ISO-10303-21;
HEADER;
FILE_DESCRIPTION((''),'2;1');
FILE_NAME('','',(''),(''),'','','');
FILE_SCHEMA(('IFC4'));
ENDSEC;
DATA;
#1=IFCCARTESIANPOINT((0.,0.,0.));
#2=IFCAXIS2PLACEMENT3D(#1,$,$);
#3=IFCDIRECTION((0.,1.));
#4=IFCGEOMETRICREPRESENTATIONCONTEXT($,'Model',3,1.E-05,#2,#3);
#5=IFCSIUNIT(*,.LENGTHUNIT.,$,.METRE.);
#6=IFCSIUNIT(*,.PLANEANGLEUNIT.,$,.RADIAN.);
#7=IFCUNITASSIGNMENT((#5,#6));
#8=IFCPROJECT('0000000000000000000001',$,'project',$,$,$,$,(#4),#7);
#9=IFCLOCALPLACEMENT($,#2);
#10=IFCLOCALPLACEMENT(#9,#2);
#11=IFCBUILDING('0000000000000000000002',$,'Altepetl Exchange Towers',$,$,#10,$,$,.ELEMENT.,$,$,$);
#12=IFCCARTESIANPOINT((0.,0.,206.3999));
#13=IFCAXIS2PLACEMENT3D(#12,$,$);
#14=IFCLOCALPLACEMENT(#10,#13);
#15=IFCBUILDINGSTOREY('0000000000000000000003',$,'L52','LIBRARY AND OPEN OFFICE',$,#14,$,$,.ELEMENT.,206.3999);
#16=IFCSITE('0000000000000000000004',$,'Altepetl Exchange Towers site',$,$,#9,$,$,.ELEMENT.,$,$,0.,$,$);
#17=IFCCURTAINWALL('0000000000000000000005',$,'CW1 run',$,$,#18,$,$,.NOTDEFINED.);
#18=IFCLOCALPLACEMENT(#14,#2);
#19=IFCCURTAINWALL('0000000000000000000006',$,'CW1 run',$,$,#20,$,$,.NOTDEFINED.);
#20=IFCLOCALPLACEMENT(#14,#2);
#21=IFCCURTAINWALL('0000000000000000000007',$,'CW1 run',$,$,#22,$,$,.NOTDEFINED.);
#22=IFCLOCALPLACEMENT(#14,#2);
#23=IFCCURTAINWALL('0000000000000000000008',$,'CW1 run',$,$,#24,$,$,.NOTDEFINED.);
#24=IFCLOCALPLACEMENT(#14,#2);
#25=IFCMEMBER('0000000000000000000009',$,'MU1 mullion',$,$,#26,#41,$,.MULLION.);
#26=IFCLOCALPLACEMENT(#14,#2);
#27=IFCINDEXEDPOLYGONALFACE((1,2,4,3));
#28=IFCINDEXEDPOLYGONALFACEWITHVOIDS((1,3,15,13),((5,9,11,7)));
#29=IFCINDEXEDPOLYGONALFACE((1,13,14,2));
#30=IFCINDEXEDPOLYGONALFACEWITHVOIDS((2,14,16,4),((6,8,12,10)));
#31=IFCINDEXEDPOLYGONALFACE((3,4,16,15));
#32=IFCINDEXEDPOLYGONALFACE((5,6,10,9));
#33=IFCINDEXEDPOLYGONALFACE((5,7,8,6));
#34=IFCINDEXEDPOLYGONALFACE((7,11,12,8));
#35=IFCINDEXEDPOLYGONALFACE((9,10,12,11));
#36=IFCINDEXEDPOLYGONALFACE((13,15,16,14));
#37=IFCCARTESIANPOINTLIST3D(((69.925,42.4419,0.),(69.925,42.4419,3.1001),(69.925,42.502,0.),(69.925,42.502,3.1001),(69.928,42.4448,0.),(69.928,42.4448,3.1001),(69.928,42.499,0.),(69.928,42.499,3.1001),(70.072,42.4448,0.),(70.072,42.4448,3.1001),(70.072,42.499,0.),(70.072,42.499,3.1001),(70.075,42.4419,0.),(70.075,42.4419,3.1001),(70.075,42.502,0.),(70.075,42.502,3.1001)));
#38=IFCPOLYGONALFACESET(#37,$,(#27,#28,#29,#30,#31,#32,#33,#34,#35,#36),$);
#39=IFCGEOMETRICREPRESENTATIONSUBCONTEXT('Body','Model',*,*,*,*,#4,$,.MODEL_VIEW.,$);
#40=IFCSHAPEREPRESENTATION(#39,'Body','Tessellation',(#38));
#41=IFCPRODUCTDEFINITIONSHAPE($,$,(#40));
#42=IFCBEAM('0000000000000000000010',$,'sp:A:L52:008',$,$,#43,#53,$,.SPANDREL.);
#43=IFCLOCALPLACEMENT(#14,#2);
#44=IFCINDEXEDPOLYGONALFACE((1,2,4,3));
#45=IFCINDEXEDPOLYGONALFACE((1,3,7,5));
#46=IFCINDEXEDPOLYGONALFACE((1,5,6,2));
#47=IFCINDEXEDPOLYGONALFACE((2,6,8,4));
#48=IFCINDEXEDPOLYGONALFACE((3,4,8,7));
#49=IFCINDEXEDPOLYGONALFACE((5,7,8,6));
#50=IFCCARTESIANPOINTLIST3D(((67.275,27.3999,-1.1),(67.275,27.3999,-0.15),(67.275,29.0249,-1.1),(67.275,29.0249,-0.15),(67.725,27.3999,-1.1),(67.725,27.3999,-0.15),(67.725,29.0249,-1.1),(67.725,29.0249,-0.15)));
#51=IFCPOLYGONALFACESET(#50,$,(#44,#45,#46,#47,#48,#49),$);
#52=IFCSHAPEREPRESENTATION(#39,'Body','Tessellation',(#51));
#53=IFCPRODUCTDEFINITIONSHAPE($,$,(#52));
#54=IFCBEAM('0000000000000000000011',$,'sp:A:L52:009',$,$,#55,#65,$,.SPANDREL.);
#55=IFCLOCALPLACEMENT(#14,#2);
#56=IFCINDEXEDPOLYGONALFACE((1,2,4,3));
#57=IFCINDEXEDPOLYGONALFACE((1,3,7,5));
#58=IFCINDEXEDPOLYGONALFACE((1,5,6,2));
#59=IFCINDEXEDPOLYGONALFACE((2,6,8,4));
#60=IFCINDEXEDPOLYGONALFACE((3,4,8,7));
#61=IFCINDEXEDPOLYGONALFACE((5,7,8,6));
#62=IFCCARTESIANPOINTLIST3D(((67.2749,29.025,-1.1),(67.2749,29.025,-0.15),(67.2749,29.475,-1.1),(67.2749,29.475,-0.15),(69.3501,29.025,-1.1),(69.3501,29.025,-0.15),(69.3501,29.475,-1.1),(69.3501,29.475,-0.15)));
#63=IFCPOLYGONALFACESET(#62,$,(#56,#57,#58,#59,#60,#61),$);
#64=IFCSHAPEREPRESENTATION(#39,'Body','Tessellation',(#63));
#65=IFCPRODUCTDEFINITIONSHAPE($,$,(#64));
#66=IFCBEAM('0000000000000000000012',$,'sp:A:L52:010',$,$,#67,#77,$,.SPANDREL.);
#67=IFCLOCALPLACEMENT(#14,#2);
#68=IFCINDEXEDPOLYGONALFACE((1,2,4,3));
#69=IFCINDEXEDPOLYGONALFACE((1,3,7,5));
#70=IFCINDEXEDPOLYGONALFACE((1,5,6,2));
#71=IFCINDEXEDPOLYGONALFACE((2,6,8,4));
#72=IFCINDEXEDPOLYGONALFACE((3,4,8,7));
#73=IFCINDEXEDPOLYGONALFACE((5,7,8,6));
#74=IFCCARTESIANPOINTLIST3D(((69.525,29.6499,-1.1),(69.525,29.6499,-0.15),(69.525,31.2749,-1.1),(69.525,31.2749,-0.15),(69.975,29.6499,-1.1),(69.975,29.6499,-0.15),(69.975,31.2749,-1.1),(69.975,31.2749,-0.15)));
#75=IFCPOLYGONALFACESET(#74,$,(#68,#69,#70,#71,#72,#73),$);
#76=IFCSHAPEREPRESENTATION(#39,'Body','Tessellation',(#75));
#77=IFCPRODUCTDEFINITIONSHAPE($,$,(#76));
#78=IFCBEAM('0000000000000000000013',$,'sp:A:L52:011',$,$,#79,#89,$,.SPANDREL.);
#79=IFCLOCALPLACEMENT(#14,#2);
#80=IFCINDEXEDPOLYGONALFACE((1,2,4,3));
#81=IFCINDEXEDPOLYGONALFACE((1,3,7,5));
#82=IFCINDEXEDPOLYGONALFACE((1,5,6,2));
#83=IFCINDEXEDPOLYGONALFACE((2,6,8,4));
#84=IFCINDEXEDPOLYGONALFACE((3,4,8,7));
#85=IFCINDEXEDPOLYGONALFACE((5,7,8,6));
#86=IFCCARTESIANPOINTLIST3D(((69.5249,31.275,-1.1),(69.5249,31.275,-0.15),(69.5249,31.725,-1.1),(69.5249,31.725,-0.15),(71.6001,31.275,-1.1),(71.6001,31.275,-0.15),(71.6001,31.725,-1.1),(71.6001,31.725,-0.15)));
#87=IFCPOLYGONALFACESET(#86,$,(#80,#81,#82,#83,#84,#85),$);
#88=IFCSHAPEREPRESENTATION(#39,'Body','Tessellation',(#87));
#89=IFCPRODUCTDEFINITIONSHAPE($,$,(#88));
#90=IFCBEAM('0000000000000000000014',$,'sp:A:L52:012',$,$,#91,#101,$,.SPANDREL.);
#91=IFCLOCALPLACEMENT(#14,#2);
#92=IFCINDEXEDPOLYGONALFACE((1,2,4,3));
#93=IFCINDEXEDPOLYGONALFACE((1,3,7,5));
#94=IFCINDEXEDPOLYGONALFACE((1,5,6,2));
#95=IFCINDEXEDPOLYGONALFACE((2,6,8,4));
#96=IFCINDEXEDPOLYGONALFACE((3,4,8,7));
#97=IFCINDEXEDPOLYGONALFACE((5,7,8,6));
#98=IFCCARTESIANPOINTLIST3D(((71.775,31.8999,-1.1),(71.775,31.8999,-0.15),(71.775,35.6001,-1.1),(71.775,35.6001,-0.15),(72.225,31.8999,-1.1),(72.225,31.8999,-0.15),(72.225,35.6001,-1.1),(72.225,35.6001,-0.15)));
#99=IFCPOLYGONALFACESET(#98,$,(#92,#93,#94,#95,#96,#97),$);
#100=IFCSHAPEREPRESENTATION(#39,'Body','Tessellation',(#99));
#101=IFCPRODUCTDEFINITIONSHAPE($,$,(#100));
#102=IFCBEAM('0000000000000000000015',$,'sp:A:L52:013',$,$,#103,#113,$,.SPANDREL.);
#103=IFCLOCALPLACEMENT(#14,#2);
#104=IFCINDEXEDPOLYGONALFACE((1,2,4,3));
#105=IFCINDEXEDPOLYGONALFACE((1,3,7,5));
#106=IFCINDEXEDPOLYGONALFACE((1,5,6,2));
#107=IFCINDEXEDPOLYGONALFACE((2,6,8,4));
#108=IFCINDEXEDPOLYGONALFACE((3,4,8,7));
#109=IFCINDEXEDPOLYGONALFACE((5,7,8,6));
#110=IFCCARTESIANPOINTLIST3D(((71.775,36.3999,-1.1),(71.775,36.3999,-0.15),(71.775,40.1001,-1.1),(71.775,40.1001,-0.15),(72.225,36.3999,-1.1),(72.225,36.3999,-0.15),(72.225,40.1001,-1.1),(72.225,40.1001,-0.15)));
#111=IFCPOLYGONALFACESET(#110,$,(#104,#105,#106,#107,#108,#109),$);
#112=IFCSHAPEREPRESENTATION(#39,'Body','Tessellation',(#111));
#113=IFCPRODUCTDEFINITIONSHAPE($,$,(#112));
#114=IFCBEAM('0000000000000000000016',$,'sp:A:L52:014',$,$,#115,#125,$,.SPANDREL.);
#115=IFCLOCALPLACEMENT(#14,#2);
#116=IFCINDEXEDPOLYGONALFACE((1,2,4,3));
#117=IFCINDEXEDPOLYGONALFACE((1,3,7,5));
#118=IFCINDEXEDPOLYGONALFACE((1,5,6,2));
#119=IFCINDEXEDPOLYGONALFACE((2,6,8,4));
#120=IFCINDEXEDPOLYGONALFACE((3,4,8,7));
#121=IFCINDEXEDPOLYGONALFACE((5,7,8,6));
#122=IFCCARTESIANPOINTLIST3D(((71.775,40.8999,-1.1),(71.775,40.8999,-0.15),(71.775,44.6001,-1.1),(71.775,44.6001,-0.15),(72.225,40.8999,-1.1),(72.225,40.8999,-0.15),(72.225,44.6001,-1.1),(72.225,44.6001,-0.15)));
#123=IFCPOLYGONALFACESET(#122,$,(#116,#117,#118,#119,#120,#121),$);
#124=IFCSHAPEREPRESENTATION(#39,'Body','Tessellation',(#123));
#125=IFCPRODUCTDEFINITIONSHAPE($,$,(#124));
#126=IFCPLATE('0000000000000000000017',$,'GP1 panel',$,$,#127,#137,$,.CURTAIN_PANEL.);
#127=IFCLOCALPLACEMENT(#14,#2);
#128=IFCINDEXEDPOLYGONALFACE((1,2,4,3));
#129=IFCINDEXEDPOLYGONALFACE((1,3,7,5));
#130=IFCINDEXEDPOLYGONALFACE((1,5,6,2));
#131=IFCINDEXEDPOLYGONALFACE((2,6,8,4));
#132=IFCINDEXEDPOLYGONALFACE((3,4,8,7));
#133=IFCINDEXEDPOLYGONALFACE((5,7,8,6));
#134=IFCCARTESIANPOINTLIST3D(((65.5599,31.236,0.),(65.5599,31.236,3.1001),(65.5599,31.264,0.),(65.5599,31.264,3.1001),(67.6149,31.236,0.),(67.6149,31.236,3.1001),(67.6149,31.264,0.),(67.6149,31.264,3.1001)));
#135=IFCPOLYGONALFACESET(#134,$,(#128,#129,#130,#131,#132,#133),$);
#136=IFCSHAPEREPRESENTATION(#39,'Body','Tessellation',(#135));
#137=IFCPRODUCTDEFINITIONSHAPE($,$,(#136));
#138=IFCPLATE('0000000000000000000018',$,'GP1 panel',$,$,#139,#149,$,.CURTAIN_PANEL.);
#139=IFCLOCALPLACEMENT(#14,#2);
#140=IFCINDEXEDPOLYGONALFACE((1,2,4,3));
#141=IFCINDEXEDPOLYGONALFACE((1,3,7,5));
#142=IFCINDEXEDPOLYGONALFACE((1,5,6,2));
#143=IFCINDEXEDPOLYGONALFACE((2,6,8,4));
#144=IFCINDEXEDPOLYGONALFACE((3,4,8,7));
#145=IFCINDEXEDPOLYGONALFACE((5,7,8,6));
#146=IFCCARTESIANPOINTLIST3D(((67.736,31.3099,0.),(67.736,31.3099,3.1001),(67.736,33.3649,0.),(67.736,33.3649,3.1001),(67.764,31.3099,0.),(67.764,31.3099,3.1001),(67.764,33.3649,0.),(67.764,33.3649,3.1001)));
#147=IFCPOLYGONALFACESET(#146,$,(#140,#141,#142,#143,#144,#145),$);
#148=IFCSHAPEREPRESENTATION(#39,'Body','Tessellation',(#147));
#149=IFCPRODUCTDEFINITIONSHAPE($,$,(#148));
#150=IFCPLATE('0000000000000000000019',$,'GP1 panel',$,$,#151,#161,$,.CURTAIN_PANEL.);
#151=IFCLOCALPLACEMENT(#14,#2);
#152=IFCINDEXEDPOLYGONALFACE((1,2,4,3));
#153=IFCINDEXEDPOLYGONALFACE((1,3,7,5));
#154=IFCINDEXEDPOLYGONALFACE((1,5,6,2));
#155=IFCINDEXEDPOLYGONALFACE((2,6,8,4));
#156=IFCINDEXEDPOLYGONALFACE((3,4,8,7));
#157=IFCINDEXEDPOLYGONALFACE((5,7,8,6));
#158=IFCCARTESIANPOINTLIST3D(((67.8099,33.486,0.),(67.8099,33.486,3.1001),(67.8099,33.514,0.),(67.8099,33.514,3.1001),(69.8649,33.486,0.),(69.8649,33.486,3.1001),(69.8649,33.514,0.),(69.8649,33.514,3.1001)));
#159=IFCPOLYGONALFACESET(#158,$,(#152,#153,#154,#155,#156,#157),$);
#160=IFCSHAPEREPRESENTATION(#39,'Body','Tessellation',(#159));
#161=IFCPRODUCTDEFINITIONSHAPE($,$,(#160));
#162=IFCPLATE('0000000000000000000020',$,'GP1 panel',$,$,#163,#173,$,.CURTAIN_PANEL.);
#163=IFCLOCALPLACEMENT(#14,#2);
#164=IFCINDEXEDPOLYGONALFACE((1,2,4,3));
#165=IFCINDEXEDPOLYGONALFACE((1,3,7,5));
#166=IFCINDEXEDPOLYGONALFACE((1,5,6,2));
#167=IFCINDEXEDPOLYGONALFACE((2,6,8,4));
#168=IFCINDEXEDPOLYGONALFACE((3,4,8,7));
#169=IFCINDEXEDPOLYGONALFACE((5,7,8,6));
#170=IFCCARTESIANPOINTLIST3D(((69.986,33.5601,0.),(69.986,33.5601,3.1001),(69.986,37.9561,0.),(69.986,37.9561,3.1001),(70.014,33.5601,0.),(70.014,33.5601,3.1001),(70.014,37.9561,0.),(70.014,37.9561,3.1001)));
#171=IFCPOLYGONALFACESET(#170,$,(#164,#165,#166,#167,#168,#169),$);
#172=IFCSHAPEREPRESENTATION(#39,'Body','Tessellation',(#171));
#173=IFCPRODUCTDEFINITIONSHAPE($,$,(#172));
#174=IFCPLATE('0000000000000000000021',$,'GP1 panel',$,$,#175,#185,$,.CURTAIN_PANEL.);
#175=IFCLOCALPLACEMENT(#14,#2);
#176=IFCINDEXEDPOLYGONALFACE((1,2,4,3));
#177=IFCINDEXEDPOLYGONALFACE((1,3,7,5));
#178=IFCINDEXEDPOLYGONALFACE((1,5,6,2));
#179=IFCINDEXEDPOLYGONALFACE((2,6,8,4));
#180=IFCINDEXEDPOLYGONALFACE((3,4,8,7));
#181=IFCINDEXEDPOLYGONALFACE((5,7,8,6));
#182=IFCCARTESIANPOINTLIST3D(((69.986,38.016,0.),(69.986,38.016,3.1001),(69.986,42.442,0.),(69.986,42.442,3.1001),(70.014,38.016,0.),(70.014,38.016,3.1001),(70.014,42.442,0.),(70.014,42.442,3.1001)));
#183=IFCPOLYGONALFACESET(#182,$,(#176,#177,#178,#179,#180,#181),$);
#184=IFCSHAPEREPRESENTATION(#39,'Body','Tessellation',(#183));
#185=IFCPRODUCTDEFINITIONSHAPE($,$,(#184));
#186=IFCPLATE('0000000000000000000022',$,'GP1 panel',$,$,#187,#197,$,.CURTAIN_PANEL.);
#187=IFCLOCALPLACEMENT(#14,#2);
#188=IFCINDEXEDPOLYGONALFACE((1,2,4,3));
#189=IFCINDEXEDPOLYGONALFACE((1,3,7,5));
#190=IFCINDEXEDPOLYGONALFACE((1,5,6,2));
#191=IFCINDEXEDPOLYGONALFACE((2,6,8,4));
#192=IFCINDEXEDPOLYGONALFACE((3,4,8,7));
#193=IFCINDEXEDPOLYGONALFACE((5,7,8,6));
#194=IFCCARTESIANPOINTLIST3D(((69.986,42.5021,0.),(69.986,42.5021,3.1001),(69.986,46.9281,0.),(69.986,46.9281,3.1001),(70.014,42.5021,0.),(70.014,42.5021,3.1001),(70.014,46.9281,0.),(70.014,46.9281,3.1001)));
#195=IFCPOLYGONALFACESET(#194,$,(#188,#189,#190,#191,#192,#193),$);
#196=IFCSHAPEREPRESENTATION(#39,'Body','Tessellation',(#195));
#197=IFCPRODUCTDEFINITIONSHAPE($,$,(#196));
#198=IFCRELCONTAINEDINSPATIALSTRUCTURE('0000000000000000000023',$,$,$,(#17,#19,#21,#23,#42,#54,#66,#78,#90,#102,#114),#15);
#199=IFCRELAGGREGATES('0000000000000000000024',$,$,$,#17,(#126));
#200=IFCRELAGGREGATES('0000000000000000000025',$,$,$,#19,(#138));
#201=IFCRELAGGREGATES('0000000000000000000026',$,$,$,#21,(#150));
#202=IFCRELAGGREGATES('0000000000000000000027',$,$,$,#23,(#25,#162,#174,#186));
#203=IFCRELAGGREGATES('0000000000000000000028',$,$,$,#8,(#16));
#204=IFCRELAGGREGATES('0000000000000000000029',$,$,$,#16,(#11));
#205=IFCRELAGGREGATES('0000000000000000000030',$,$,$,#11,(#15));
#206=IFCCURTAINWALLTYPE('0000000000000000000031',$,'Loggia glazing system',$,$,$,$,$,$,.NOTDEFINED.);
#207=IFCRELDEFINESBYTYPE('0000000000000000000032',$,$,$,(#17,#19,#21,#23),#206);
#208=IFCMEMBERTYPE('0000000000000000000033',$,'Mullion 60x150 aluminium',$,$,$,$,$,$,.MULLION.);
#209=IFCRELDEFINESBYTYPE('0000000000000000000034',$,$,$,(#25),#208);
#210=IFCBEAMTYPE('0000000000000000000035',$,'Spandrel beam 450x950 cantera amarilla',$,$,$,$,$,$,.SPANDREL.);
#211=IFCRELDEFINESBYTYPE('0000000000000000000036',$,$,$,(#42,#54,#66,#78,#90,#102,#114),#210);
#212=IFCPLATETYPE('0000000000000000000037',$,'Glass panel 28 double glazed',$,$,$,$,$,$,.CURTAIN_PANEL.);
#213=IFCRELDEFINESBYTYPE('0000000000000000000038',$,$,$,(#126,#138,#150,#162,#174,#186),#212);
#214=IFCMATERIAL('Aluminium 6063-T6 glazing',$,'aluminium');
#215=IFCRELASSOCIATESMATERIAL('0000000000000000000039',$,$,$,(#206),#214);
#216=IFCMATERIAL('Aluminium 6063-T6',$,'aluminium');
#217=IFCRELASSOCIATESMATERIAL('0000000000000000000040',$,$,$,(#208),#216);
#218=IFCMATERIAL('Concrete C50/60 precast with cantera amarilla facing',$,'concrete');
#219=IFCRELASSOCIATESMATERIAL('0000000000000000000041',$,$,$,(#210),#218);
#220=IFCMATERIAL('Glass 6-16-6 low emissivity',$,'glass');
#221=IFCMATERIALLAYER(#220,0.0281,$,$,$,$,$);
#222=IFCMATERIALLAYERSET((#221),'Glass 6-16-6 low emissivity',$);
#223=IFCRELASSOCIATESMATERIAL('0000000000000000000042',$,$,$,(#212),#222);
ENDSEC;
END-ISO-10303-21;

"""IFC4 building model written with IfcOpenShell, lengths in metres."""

from ifc_helpers import new_model, si_unit, direction, frame, origin, origin_2d, place, context, subcontext, project, spatial, rectangle, hollow_rectangle, extrude, material, layer, layer_set, material_profile, profile_set, type_object, element, aggregate, save


model = new_model("IFC4")

# Units and contexts
model_context = context("Model", 3, precision=1e-05, world=origin(), true_north=direction((0.0, 1.0)))
body_context = subcontext(model_context, "Body", "Model", "MODEL_VIEW")
ifc_project = project(units=[si_unit("LENGTHUNIT", "METRE"), si_unit("PLANEANGLEUNIT", "RADIAN")], contexts=[model_context])

# Site, building, storey
site_placement = place(None, origin())
site = spatial("IfcSite", under=ifc_project, at=site_placement, Name="Altepetl Exchange Towers site", CompositionType="ELEMENT", RefElevation=0.0)
building_placement = place(site_placement, origin())
building = spatial("IfcBuilding", under=site, at=building_placement, Name="Altepetl Exchange Towers", CompositionType="ELEMENT")
storey_placement = place(building_placement, frame((0.0, 0.0, 206.3999)))
storey = spatial("IfcBuildingStorey", under=building, at=storey_placement, Name="L52", Description="LIBRARY AND OPEN OFFICE", CompositionType="ELEMENT", Elevation=206.3999)

# Curtain walls, member
ifc_material_1 = material(Name="Aluminium 6063-T6 glazing", Category="aluminium")
curtain_wall_type = type_object("IfcCurtainWallType", Name="Loggia glazing system", PredefinedType="NOTDEFINED", material=ifc_material_1)
curtain_wall_1_placement = place(storey_placement, origin())
curtain_wall_1 = element("IfcCurtainWall", 1, at=curtain_wall_1_placement, inside=storey, type_object=curtain_wall_type, Name="CW1 run", PredefinedType="NOTDEFINED")
ifc_material_2 = material(Name="Aluminium 6063-T6", Category="aluminium")
ifc_material_profile_1 = material_profile(ifc_material_2, hollow_rectangle(XDim=0.0601, YDim=0.1499, WallThickness=0.0029, at=origin_2d()), Name="Mullion 60x150 aluminium")
ifc_profile_set_1 = profile_set([ifc_material_profile_1], Name="Aluminium 6063-T6")
member_type = type_object("IfcMemberType", Name="Mullion 60x150 aluminium", PredefinedType="MULLION", material=ifc_profile_set_1)
curtain_wall_2_placement = place(storey_placement, origin())
curtain_wall_2 = element("IfcCurtainWall", 2, at=curtain_wall_2_placement, inside=storey, type_object=curtain_wall_type, Name="CW1 run", PredefinedType="NOTDEFINED")
curtain_wall_3_placement = place(storey_placement, origin())
curtain_wall_3 = element("IfcCurtainWall", 3, at=curtain_wall_3_placement, inside=storey, type_object=curtain_wall_type, Name="CW1 run", PredefinedType="NOTDEFINED")
curtain_wall_4_placement = place(storey_placement, origin())
curtain_wall_4 = element("IfcCurtainWall", 4, at=curtain_wall_4_placement, inside=storey, type_object=curtain_wall_type, Name="CW1 run", PredefinedType="NOTDEFINED")
member_1_placement = place(storey_placement, frame((70.0, 42.4719, 0.0), z_axis=(0.0, 0.0, 1.0), x_axis=(0.0, 1.0, 0.0)))
member_1 = element("IfcMember", 5, at=member_1_placement, type_object=member_type, Name="MU1 mullion", PredefinedType="MULLION", context=body_context, shape_type="SweptSolid", body=[
    extrude(hollow_rectangle(XDim=0.0601, YDim=0.1499, WallThickness=0.0029, at=origin_2d()), origin(), (0.0, 0.0, 1.0), 3.1001),
])

# Beams
ifc_material_3 = material(Name="Concrete C50/60 precast with cantera amarilla facing", Category="concrete")
ifc_material_profile_2 = material_profile(ifc_material_3, rectangle(XDim=0.45, YDim=0.95, at=origin_2d()), Name="450 x 950")
ifc_profile_set_2 = profile_set([ifc_material_profile_2], Name="Concrete C50/60 precast with cantera amarilla facing")
beam_type = type_object("IfcBeamType", Name="Spandrel beam 450x950 cantera amarilla", PredefinedType="SPANDREL", material=ifc_profile_set_2)
beam_1_placement = place(storey_placement, frame((67.5, 27.3999, -0.625), z_axis=(0.0, 1.0, 0.0), x_axis=(-1.0, 0.0, 0.0)))
element("IfcBeam", 6, at=beam_1_placement, inside=storey, type_object=beam_type, Name="sp:A:L52:008", PredefinedType="SPANDREL", context=body_context, shape_type="SweptSolid", body=[
    extrude(rectangle(XDim=0.45, YDim=0.95, at=origin_2d()), origin(), (0.0, 0.0, 1.0), 1.625),
])
beam_2_placement = place(storey_placement, frame((67.2749, 29.25, -0.625), z_axis=(1.0, 0.0, 0.0), x_axis=(0.0, 1.0, 0.0)))
element("IfcBeam", 7, at=beam_2_placement, inside=storey, type_object=beam_type, Name="sp:A:L52:009", PredefinedType="SPANDREL", context=body_context, shape_type="SweptSolid", body=[
    extrude(rectangle(XDim=0.45, YDim=0.95, at=origin_2d()), origin(), (0.0, 0.0, 1.0), 2.0752),
])
beam_3_placement = place(storey_placement, frame((69.75, 29.6499, -0.625), z_axis=(0.0, 1.0, 0.0), x_axis=(-1.0, 0.0, 0.0)))
element("IfcBeam", 8, at=beam_3_placement, inside=storey, type_object=beam_type, Name="sp:A:L52:010", PredefinedType="SPANDREL", context=body_context, shape_type="SweptSolid", body=[
    extrude(rectangle(XDim=0.45, YDim=0.95, at=origin_2d()), origin(), (0.0, 0.0, 1.0), 1.625),
])
beam_4_placement = place(storey_placement, frame((69.5249, 31.5, -0.625), z_axis=(1.0, 0.0, 0.0), x_axis=(0.0, 1.0, 0.0)))
element("IfcBeam", 9, at=beam_4_placement, inside=storey, type_object=beam_type, Name="sp:A:L52:011", PredefinedType="SPANDREL", context=body_context, shape_type="SweptSolid", body=[
    extrude(rectangle(XDim=0.45, YDim=0.95, at=origin_2d()), origin(), (0.0, 0.0, 1.0), 2.0752),
])
for number, where, z_axis, x_axis, name in (
    (10, (72.0, 31.8999, -0.625), (0.0, 1.0, 0.0), (-1.0, 0.0, 0.0), "sp:A:L52:012"),
    (11, (72.0, 36.3999, -0.625), (0.0, 1.0, 0.0), (-1.0, 0.0, 0.0), "sp:A:L52:013"),
    (12, (72.0, 40.8999, -0.625), (0.0, 1.0, 0.0), (-1.0, 0.0, 0.0), "sp:A:L52:014"),
):
    element("IfcBeam", number, at=place(storey_placement, frame(where, z_axis=z_axis, x_axis=x_axis)), inside=storey, type_object=beam_type, Name=name, PredefinedType="SPANDREL", context=body_context, shape_type="SweptSolid", body=[
        extrude(rectangle(XDim=0.45, YDim=0.95, at=origin_2d()), origin(), (0.0, 0.0, 1.0), 3.7002),
    ])

# Plates
ifc_material_4 = material(Name="Glass 6-16-6 low emissivity", Category="glass")
ifc_layer = layer(ifc_material_4, 0.0281)
ifc_layer_set = layer_set([ifc_layer], Name="Glass 6-16-6 low emissivity")
plate_type = type_object("IfcPlateType", Name="Glass panel 28 double glazed", PredefinedType="CURTAIN_PANEL", material=ifc_layer_set)
plate_1_placement = place(storey_placement, frame((66.5874, 31.25, 0.0)))
plate_1 = element("IfcPlate", 13, at=plate_1_placement, type_object=plate_type, Name="GP1 panel", PredefinedType="CURTAIN_PANEL", context=body_context, shape_type="SweptSolid", body=[
    extrude(rectangle(XDim=2.0549, YDim=0.0281, at=origin_2d()), origin(), (0.0, 0.0, 1.0), 3.1001),
])
aggregate(curtain_wall_1, [plate_1])
plate_2_placement = place(storey_placement, frame((67.75, 32.3374, 0.0), z_axis=(0.0, 0.0, 1.0), x_axis=(0.0, 1.0, 0.0)))
plate_2 = element("IfcPlate", 14, at=plate_2_placement, type_object=plate_type, Name="GP1 panel", PredefinedType="CURTAIN_PANEL", context=body_context, shape_type="SweptSolid", body=[
    extrude(rectangle(XDim=2.0549, YDim=0.0281, at=origin_2d()), origin(), (0.0, 0.0, 1.0), 3.1001),
])
aggregate(curtain_wall_2, [plate_2])
plate_3_placement = place(storey_placement, frame((68.8374, 33.5, 0.0)))
plate_3 = element("IfcPlate", 15, at=plate_3_placement, type_object=plate_type, Name="GP1 panel", PredefinedType="CURTAIN_PANEL", context=body_context, shape_type="SweptSolid", body=[
    extrude(rectangle(XDim=2.0549, YDim=0.0281, at=origin_2d()), origin(), (0.0, 0.0, 1.0), 3.1001),
])
aggregate(curtain_wall_3, [plate_3])
plate_4_placement = place(storey_placement, frame((70.0, 35.7581, 0.0), z_axis=(0.0, 0.0, 1.0), x_axis=(0.0, 1.0, 0.0)))
plate_4 = element("IfcPlate", 16, at=plate_4_placement, type_object=plate_type, Name="GP1 panel", PredefinedType="CURTAIN_PANEL", context=body_context, shape_type="SweptSolid", body=[
    extrude(rectangle(XDim=4.396, YDim=0.0281, at=origin_2d()), origin(), (0.0, 0.0, 1.0), 3.1001),
])
plate_5_placement = place(storey_placement, frame((70.0, 40.229, 0.0), z_axis=(0.0, 0.0, 1.0), x_axis=(0.0, 1.0, 0.0)))
plate_5 = element("IfcPlate", 17, at=plate_5_placement, type_object=plate_type, Name="GP1 panel", PredefinedType="CURTAIN_PANEL", context=body_context, shape_type="SweptSolid", body=[
    extrude(rectangle(XDim=4.426, YDim=0.0281, at=origin_2d()), origin(), (0.0, 0.0, 1.0), 3.1001),
])
plate_6_placement = place(storey_placement, frame((70.0, 44.7151, 0.0), z_axis=(0.0, 0.0, 1.0), x_axis=(0.0, 1.0, 0.0)))
plate_6 = element("IfcPlate", 18, at=plate_6_placement, type_object=plate_type, Name="GP1 panel", PredefinedType="CURTAIN_PANEL", context=body_context, shape_type="SweptSolid", body=[
    extrude(rectangle(XDim=4.426, YDim=0.0281, at=origin_2d()), origin(), (0.0, 0.0, 1.0), 3.1001),
])
aggregate(curtain_wall_4, [member_1, plate_4, plate_5, plate_6])

save(model, "model.ifc")
